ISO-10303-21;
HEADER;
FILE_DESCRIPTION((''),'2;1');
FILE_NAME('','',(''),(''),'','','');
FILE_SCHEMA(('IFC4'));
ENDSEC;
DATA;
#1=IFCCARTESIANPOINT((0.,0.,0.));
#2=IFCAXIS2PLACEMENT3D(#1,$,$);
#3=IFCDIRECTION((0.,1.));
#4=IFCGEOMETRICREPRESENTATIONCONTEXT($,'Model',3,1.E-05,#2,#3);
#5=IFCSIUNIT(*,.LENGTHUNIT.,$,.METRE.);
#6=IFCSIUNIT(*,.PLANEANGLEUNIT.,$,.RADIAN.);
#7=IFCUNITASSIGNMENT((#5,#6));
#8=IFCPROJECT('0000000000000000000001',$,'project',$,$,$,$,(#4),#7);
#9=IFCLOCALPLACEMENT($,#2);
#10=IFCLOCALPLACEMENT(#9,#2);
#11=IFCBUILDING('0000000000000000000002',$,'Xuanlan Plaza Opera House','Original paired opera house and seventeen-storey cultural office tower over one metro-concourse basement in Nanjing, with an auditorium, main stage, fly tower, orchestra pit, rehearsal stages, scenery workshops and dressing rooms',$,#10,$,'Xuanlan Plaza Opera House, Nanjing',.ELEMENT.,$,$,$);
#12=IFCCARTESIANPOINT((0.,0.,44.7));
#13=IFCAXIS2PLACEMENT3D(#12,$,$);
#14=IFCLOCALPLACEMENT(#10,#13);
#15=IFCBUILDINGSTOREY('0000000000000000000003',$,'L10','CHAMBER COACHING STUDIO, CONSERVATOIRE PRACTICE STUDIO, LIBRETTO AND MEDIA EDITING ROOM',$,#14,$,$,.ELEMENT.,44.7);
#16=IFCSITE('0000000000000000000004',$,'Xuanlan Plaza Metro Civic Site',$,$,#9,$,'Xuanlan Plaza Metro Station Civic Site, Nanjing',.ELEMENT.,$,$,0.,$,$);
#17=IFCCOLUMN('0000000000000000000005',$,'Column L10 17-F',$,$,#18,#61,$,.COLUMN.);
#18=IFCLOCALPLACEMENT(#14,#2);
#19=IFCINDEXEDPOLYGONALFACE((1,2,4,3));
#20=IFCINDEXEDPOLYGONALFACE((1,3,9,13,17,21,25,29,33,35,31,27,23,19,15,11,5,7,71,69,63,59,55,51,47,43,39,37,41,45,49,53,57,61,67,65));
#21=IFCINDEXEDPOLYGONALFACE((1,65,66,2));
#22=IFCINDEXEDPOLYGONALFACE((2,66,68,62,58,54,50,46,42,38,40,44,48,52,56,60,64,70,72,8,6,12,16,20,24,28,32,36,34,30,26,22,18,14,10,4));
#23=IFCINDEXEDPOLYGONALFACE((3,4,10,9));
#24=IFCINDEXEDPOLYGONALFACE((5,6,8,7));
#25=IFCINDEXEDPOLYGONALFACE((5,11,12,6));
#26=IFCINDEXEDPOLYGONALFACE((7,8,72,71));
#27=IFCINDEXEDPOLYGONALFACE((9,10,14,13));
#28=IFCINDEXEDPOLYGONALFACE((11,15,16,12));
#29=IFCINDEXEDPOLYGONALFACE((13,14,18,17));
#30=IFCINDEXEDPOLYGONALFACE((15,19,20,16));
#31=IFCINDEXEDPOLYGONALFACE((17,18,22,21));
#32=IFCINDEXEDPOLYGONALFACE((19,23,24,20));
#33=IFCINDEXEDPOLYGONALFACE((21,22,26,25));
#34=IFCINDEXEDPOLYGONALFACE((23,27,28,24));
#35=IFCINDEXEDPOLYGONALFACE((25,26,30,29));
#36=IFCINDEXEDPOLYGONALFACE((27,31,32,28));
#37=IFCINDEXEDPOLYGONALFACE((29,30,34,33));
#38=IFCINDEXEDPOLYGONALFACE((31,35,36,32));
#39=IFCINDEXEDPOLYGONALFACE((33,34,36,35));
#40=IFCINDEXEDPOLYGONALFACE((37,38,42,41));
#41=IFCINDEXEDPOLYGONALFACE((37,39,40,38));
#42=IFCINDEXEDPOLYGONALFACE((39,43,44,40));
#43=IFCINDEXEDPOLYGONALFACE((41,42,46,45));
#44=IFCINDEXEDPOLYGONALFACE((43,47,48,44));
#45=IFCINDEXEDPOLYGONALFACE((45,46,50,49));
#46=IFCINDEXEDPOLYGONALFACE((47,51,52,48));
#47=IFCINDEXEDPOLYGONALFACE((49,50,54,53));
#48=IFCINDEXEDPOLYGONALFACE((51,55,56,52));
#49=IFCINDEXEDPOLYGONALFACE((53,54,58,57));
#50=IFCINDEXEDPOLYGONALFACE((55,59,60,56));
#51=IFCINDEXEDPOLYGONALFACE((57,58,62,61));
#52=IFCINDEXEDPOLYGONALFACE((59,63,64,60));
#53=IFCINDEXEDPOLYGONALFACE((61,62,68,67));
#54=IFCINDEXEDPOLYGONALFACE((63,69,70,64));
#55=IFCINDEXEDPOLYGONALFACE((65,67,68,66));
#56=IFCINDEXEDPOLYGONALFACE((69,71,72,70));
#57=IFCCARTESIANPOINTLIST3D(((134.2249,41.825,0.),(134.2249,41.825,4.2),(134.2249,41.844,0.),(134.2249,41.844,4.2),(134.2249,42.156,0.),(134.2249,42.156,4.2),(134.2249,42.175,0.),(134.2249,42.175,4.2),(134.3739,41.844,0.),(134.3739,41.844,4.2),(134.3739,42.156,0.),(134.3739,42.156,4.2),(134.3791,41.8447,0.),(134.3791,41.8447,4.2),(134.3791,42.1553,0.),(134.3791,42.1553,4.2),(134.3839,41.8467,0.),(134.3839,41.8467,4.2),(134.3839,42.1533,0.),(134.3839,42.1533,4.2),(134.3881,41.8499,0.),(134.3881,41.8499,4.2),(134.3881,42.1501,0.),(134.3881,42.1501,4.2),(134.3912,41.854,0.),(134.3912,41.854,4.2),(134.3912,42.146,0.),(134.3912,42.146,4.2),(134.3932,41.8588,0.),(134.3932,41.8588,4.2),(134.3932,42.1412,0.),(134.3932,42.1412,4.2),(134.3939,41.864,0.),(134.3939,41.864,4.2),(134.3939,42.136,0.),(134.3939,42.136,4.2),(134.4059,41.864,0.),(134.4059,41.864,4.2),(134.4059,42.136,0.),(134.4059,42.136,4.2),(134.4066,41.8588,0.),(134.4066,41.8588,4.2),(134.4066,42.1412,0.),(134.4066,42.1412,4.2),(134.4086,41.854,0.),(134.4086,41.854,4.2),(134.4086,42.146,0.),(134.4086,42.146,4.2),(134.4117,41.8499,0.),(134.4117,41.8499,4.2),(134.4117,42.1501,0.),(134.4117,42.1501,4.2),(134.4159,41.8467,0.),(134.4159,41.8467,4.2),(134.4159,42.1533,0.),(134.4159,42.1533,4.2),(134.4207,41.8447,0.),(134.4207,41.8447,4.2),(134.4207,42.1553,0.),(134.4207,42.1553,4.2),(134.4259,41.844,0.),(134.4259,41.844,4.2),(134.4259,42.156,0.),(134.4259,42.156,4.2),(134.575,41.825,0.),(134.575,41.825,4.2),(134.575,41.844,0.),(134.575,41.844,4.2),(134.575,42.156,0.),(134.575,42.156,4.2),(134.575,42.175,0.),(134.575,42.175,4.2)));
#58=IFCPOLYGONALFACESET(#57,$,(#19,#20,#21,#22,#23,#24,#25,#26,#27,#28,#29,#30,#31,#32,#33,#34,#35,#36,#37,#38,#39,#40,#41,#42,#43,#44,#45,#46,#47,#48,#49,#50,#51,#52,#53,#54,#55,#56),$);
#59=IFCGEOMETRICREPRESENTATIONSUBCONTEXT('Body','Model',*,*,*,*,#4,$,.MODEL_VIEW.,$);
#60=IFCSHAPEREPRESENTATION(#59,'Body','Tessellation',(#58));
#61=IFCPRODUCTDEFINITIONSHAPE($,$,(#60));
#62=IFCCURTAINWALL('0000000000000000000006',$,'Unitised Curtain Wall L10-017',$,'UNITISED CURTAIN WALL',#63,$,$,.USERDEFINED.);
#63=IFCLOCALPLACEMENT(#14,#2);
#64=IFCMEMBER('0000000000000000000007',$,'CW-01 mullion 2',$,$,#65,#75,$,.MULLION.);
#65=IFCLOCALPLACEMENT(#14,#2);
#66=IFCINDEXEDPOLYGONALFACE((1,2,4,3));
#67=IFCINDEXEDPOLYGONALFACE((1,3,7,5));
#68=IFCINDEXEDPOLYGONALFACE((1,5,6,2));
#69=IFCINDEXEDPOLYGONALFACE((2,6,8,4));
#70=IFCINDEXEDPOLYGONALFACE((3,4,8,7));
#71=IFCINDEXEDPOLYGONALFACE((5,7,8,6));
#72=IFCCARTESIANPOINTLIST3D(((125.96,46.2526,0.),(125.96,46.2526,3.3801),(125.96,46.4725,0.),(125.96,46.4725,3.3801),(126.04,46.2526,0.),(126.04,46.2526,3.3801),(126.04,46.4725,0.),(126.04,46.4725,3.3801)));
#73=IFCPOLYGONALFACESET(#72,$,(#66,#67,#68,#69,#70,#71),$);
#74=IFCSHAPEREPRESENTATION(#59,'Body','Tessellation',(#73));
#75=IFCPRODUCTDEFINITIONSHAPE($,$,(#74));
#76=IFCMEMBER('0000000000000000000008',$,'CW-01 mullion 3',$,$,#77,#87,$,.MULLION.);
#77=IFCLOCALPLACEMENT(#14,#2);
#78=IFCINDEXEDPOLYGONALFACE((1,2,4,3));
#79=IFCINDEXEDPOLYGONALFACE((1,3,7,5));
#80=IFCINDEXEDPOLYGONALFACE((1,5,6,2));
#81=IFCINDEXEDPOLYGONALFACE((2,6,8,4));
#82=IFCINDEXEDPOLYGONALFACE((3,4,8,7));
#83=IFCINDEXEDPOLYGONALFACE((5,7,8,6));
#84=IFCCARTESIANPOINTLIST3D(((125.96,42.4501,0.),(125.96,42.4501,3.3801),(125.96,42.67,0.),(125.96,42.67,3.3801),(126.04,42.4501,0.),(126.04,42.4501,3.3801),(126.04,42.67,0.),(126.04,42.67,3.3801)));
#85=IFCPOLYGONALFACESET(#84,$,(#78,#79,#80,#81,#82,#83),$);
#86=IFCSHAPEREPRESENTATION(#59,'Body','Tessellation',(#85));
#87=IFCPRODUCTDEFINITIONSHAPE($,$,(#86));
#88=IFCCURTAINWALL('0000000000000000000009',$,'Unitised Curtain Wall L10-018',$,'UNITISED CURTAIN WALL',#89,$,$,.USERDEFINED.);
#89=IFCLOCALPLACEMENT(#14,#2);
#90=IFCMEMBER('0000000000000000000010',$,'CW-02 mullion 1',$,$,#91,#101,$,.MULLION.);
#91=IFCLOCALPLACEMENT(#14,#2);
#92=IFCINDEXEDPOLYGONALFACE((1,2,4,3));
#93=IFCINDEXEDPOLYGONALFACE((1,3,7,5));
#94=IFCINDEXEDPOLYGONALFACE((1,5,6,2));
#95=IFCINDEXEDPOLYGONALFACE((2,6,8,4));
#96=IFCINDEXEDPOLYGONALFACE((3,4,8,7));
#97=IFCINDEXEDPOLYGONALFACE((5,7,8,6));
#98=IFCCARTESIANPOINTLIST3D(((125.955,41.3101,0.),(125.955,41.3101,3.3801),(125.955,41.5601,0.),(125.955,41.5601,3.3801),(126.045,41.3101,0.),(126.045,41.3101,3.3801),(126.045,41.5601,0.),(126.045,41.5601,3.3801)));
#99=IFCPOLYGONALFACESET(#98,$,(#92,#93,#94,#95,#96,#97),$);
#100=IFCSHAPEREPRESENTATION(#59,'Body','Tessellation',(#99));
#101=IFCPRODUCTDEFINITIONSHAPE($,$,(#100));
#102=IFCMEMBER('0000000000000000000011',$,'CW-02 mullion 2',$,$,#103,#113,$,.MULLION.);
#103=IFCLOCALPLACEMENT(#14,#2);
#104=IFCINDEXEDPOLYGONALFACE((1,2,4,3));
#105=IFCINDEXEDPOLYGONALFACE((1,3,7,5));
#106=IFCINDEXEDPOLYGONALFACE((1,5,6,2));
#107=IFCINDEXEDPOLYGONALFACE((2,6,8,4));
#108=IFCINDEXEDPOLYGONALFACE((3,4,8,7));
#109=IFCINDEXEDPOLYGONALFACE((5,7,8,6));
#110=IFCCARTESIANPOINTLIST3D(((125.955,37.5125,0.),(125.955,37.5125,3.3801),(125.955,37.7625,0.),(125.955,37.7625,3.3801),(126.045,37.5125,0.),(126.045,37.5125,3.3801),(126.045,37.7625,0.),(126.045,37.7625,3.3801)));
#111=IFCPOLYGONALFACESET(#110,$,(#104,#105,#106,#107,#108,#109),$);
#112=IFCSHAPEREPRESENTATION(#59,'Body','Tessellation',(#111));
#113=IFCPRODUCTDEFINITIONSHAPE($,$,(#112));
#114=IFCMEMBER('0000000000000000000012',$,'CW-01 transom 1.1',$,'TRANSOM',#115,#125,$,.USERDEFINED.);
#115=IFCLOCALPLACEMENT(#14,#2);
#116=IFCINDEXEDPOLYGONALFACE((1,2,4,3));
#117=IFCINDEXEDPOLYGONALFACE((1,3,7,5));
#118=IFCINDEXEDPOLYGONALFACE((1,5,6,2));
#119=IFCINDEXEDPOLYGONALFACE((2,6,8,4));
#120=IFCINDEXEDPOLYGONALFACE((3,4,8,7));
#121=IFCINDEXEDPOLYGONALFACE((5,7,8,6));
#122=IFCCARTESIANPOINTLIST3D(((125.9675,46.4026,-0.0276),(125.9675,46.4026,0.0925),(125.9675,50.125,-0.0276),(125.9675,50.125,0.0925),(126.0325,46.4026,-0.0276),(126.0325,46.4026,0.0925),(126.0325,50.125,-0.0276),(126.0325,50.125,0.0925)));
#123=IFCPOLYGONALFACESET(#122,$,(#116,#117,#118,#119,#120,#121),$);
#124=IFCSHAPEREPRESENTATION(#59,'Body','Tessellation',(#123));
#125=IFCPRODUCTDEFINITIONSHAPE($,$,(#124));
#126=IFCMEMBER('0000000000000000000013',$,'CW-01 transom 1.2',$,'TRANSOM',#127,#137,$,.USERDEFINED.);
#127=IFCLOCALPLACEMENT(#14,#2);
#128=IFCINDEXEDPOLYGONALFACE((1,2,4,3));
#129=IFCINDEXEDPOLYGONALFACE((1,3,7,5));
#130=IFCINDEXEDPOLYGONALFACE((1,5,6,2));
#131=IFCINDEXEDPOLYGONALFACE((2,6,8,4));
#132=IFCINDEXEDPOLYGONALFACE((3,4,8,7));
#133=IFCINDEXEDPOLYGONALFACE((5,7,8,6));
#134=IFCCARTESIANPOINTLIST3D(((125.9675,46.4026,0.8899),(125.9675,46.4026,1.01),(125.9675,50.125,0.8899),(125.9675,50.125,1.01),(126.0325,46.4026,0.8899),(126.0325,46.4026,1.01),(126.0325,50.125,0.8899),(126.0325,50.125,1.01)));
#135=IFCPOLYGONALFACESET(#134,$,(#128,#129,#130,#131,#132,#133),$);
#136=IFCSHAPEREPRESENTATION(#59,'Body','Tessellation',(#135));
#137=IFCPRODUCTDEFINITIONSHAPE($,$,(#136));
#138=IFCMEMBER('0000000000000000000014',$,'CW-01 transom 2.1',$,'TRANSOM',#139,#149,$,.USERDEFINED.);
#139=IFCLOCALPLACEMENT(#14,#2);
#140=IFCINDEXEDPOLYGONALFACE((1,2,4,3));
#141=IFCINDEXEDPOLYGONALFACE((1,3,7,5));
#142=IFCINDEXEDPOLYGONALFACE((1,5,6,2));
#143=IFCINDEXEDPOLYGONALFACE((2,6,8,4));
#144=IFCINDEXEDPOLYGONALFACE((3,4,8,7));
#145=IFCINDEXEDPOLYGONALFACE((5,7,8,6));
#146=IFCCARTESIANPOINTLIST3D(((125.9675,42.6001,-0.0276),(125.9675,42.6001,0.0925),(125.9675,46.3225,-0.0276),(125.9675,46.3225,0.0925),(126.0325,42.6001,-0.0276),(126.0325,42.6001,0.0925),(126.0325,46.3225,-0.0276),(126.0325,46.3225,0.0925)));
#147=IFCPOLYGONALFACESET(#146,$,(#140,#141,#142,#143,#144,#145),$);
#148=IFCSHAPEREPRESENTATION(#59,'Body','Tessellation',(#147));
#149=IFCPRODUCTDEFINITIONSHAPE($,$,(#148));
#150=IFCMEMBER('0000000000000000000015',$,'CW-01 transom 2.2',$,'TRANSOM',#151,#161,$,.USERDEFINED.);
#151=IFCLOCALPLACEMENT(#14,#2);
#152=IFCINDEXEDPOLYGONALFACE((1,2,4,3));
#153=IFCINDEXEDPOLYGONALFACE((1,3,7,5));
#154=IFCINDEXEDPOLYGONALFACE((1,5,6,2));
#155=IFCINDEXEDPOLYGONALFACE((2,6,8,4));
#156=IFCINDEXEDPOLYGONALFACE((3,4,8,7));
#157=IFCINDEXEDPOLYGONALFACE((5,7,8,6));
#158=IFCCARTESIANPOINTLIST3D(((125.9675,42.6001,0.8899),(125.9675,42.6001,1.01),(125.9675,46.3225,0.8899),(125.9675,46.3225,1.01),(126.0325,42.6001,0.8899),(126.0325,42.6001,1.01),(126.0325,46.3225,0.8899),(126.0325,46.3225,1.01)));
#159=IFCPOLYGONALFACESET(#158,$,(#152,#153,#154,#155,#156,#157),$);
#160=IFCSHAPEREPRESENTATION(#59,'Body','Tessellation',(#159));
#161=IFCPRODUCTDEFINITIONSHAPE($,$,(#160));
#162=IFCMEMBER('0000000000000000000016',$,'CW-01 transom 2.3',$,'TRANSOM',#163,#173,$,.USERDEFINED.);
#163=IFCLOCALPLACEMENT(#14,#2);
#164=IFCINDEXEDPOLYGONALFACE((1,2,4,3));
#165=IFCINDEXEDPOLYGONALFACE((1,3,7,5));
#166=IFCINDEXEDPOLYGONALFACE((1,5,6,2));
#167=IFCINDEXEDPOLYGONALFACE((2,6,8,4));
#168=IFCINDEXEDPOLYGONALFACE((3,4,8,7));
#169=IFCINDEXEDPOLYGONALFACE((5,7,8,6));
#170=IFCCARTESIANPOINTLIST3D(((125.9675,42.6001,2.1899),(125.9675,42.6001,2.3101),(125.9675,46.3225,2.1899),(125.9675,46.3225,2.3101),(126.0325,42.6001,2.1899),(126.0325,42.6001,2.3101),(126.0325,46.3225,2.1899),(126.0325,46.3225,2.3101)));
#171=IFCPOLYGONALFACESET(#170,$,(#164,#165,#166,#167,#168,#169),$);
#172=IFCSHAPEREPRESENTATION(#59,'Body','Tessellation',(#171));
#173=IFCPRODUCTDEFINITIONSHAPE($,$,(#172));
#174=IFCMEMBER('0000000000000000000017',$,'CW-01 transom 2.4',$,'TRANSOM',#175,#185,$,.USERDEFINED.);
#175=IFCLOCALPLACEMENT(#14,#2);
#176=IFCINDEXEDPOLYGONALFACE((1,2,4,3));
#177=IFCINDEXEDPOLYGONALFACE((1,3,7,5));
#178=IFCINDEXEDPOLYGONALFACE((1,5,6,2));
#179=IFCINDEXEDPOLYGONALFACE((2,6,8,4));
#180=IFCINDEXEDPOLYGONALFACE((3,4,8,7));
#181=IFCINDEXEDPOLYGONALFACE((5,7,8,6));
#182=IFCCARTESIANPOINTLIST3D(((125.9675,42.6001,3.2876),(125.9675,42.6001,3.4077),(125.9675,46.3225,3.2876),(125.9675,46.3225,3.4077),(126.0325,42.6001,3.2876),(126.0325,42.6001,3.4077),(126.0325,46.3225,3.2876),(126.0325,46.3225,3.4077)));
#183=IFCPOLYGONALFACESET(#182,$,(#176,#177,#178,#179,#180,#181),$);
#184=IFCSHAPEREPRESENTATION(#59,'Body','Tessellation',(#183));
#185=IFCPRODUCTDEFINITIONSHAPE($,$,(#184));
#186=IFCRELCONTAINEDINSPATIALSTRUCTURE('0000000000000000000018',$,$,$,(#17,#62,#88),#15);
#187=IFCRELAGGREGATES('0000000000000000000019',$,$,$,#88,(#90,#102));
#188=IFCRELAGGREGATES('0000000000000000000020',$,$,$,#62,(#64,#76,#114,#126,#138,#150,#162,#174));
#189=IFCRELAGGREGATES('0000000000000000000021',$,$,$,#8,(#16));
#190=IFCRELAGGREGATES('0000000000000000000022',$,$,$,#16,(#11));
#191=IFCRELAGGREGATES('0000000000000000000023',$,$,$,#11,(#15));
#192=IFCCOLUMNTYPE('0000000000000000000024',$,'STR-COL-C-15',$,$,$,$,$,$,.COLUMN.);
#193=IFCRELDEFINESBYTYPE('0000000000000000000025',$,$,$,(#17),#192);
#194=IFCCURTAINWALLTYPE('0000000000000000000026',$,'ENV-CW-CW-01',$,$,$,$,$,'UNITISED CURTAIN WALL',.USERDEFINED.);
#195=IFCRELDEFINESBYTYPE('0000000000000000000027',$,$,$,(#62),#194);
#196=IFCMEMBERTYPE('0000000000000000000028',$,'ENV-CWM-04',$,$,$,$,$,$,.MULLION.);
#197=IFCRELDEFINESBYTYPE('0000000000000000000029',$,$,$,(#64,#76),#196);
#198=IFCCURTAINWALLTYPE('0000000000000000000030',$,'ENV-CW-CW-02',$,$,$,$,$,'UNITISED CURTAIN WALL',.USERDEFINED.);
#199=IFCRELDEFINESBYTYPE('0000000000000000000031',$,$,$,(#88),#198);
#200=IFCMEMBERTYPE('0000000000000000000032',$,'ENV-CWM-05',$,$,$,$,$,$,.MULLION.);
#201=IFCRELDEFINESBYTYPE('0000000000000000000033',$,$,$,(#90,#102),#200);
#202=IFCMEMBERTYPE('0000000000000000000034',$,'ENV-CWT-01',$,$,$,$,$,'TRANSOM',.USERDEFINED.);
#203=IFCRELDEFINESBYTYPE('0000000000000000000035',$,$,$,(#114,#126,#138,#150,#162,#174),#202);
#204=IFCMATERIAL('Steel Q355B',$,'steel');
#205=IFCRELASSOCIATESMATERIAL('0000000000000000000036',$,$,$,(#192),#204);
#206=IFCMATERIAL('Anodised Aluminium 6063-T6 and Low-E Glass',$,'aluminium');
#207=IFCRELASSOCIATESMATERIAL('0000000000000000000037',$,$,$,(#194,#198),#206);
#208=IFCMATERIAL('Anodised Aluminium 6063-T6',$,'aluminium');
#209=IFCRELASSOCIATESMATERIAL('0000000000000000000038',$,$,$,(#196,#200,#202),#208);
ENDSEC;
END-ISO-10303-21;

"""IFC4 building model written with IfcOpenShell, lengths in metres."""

from ifc_helpers import new_model, si_unit, direction, frame, origin, origin_2d, place, context, subcontext, project, spatial, rectangle, i_section, extrude, material, material_profile, profile_set, type_object, element, aggregate, save


model = new_model("IFC4")

# Units and contexts
model_context = context("Model", 3, precision=1e-05, world=origin(), true_north=direction((0.0, 1.0)))
body_context = subcontext(model_context, "Body", "Model", "MODEL_VIEW")
ifc_project = project(units=[si_unit("LENGTHUNIT", "METRE"), si_unit("PLANEANGLEUNIT", "RADIAN")], contexts=[model_context])

# Site, building, storey
site_placement = place(None, origin())
site = spatial("IfcSite", under=ifc_project, at=site_placement, Name="Xuanlan Plaza Metro Civic Site", LongName="Xuanlan Plaza Metro Station Civic Site, Nanjing", CompositionType="ELEMENT", RefElevation=0.0)
building_placement = place(site_placement, origin())
building = spatial("IfcBuilding", under=site, at=building_placement, Name="Xuanlan Plaza Opera House", Description="Original paired opera house and seventeen-storey cultural office tower over one metro-concourse basement in Nanjing, with an auditorium, main stage, fly tower, orchestra pit, rehearsal stages, scenery workshops and dressing rooms", LongName="Xuanlan Plaza Opera House, Nanjing", CompositionType="ELEMENT")
storey_placement = place(building_placement, frame((0.0, 0.0, 44.7)))
storey = spatial("IfcBuildingStorey", under=building, at=storey_placement, Name="L10", Description="CHAMBER COACHING STUDIO, CONSERVATOIRE PRACTICE STUDIO, LIBRETTO AND MEDIA EDITING ROOM", CompositionType="ELEMENT", Elevation=44.7)

# Column
ifc_material_1 = material(Name="Steel Q355B", Category="steel")
ifc_material_profile_1 = material_profile(ifc_material_1, i_section(OverallWidth=0.3501, OverallDepth=0.3501, WebThickness=0.012, FlangeThickness=0.019, FilletRadius=0.02, at=origin_2d()), Name="HW 350x350x12x19")
ifc_profile_set_1 = profile_set([ifc_material_profile_1], Name="Steel Q355B")
column_type = type_object("IfcColumnType", Name="STR-COL-C-15", PredefinedType="COLUMN", material=ifc_profile_set_1)
column_placement = place(storey_placement, frame((134.3999, 42.0, 0.0), z_axis=(0.0, 0.0, 1.0), x_axis=(1.0, 0.0, 0.0)))
element("IfcColumn", 1, at=column_placement, inside=storey, type_object=column_type, Name="Column L10 17-F", PredefinedType="COLUMN", context=body_context, shape_type="SweptSolid", body=[
    extrude(i_section(OverallWidth=0.3501, OverallDepth=0.3501, WebThickness=0.012, FlangeThickness=0.019, FilletRadius=0.02, at=origin_2d()), origin(), (0.0, 0.0, 1.0), 4.2),
])

# Curtain walls, members
ifc_material_2 = material(Name="Anodised Aluminium 6063-T6 and Low-E Glass", Category="aluminium")
curtain_wall_type_1 = type_object("IfcCurtainWallType", Name="ENV-CW-CW-01", ElementType="UNITISED CURTAIN WALL", PredefinedType="USERDEFINED", material=ifc_material_2)
curtain_wall_1_placement = place(storey_placement, origin())
curtain_wall_1 = element("IfcCurtainWall", 2, at=curtain_wall_1_placement, inside=storey, type_object=curtain_wall_type_1, Name="Unitised Curtain Wall L10-017", ObjectType="UNITISED CURTAIN WALL", PredefinedType="USERDEFINED")
ifc_material_3 = material(Name="Anodised Aluminium 6063-T6", Category="aluminium")
ifc_material_profile_2 = material_profile(ifc_material_3, rectangle(XDim=0.0801, YDim=0.22, at=origin_2d()), Name="ALU-M 80x220")
ifc_profile_set_2 = profile_set([ifc_material_profile_2], Name="Anodised Aluminium 6063-T6")
member_type_1 = type_object("IfcMemberType", Name="ENV-CWM-04", PredefinedType="MULLION", material=ifc_profile_set_2)
member_1_placement = place(storey_placement, frame((126.0, 46.3625, 0.0), z_axis=(0.0, 0.0, 1.0), x_axis=(1.0, 0.0, 0.0)))
member_1 = element("IfcMember", 3, at=member_1_placement, type_object=member_type_1, Name="CW-01 mullion 2", PredefinedType="MULLION", context=body_context, shape_type="SweptSolid", body=[
    extrude(rectangle(XDim=0.0801, YDim=0.22, at=origin_2d()), origin(), (0.0, 0.0, 1.0), 3.3801),
])
member_2_placement = place(storey_placement, frame((126.0, 42.5601, 0.0), z_axis=(0.0, 0.0, 1.0), x_axis=(1.0, 0.0, 0.0)))
member_2 = element("IfcMember", 4, at=member_2_placement, type_object=member_type_1, Name="CW-01 mullion 3", PredefinedType="MULLION", context=body_context, shape_type="SweptSolid", body=[
    extrude(rectangle(XDim=0.0801, YDim=0.22, at=origin_2d()), origin(), (0.0, 0.0, 1.0), 3.3801),
])
curtain_wall_type_2 = type_object("IfcCurtainWallType", Name="ENV-CW-CW-02", ElementType="UNITISED CURTAIN WALL", PredefinedType="USERDEFINED", material=ifc_material_2)
curtain_wall_2_placement = place(storey_placement, origin())
curtain_wall_2 = element("IfcCurtainWall", 5, at=curtain_wall_2_placement, inside=storey, type_object=curtain_wall_type_2, Name="Unitised Curtain Wall L10-018", ObjectType="UNITISED CURTAIN WALL", PredefinedType="USERDEFINED")
ifc_material_profile_3 = material_profile(ifc_material_3, rectangle(XDim=0.0901, YDim=0.25, at=origin_2d()), Name="ALU-M 90x250")
ifc_profile_set_3 = profile_set([ifc_material_profile_3], Name="Anodised Aluminium 6063-T6")
member_type_2 = type_object("IfcMemberType", Name="ENV-CWM-05", PredefinedType="MULLION", material=ifc_profile_set_3)
member_3_placement = place(storey_placement, frame((126.0, 41.4351, 0.0), z_axis=(0.0, 0.0, 1.0), x_axis=(1.0, 0.0, 0.0)))
member_3 = element("IfcMember", 6, at=member_3_placement, type_object=member_type_2, Name="CW-02 mullion 1", PredefinedType="MULLION", context=body_context, shape_type="SweptSolid", body=[
    extrude(rectangle(XDim=0.0901, YDim=0.25, at=origin_2d()), origin(), (0.0, 0.0, 1.0), 3.3801),
])
member_4_placement = place(storey_placement, frame((126.0, 37.6375, 0.0), z_axis=(0.0, 0.0, 1.0), x_axis=(1.0, 0.0, 0.0)))
member_4 = element("IfcMember", 7, at=member_4_placement, type_object=member_type_2, Name="CW-02 mullion 2", PredefinedType="MULLION", context=body_context, shape_type="SweptSolid", body=[
    extrude(rectangle(XDim=0.0901, YDim=0.25, at=origin_2d()), origin(), (0.0, 0.0, 1.0), 3.3801),
])

# Members
ifc_material_profile_4 = material_profile(ifc_material_3, rectangle(XDim=0.0649, YDim=0.1201, at=origin_2d()), Name="ALU-T 65x120")
ifc_profile_set_4 = profile_set([ifc_material_profile_4], Name="Anodised Aluminium 6063-T6")
member_type_3 = type_object("IfcMemberType", Name="ENV-CWT-01", ElementType="TRANSOM", PredefinedType="USERDEFINED", material=ifc_profile_set_4)
member_5_placement = place(storey_placement, frame((126.0, 50.125, 0.0325), z_axis=(0.0, -1.0, 0.0), x_axis=(1.0, 0.0, 0.0)))
member_5 = element("IfcMember", 8, at=member_5_placement, type_object=member_type_3, Name="CW-01 transom 1.1", ObjectType="TRANSOM", PredefinedType="USERDEFINED", context=body_context, shape_type="SweptSolid", body=[
    extrude(rectangle(XDim=0.0649, YDim=0.1201, at=origin_2d()), origin(), (0.0, 0.0, 1.0), 3.7224),
])
member_6_placement = place(storey_placement, frame((126.0, 50.125, 0.95), z_axis=(0.0, -1.0, 0.0), x_axis=(1.0, 0.0, 0.0)))
member_6 = element("IfcMember", 9, at=member_6_placement, type_object=member_type_3, Name="CW-01 transom 1.2", ObjectType="TRANSOM", PredefinedType="USERDEFINED", context=body_context, shape_type="SweptSolid", body=[
    extrude(rectangle(XDim=0.0649, YDim=0.1201, at=origin_2d()), origin(), (0.0, 0.0, 1.0), 3.7224),
])
member_7_placement = place(storey_placement, frame((126.0, 46.3225, 0.0325), z_axis=(0.0, -1.0, 0.0), x_axis=(1.0, 0.0, 0.0)))
member_7 = element("IfcMember", 10, at=member_7_placement, type_object=member_type_3, Name="CW-01 transom 2.1", ObjectType="TRANSOM", PredefinedType="USERDEFINED", context=body_context, shape_type="SweptSolid", body=[
    extrude(rectangle(XDim=0.0649, YDim=0.1201, at=origin_2d()), origin(), (0.0, 0.0, 1.0), 3.7224),
])
member_8_placement = place(storey_placement, frame((126.0, 46.3225, 0.95), z_axis=(0.0, -1.0, 0.0), x_axis=(1.0, 0.0, 0.0)))
member_8 = element("IfcMember", 11, at=member_8_placement, type_object=member_type_3, Name="CW-01 transom 2.2", ObjectType="TRANSOM", PredefinedType="USERDEFINED", context=body_context, shape_type="SweptSolid", body=[
    extrude(rectangle(XDim=0.0649, YDim=0.1201, at=origin_2d()), origin(), (0.0, 0.0, 1.0), 3.7224),
])
member_9_placement = place(storey_placement, frame((126.0, 46.3225, 2.25), z_axis=(0.0, -1.0, 0.0), x_axis=(1.0, 0.0, 0.0)))
member_9 = element("IfcMember", 12, at=member_9_placement, type_object=member_type_3, Name="CW-01 transom 2.3", ObjectType="TRANSOM", PredefinedType="USERDEFINED", context=body_context, shape_type="SweptSolid", body=[
    extrude(rectangle(XDim=0.0649, YDim=0.1201, at=origin_2d()), origin(), (0.0, 0.0, 1.0), 3.7224),
])
member_10_placement = place(storey_placement, frame((126.0, 46.3225, 3.3477), z_axis=(0.0, -1.0, 0.0), x_axis=(1.0, 0.0, 0.0)))
member_10 = element("IfcMember", 13, at=member_10_placement, type_object=member_type_3, Name="CW-01 transom 2.4", ObjectType="TRANSOM", PredefinedType="USERDEFINED", context=body_context, shape_type="SweptSolid", body=[
    extrude(rectangle(XDim=0.0649, YDim=0.1201, at=origin_2d()), origin(), (0.0, 0.0, 1.0), 3.7224),
])

aggregate(curtain_wall_2, [member_3, member_4])
aggregate(curtain_wall_1, [member_1, member_2, member_5, member_6, member_7, member_8, member_9, member_10])

save(model, "model.ifc")
